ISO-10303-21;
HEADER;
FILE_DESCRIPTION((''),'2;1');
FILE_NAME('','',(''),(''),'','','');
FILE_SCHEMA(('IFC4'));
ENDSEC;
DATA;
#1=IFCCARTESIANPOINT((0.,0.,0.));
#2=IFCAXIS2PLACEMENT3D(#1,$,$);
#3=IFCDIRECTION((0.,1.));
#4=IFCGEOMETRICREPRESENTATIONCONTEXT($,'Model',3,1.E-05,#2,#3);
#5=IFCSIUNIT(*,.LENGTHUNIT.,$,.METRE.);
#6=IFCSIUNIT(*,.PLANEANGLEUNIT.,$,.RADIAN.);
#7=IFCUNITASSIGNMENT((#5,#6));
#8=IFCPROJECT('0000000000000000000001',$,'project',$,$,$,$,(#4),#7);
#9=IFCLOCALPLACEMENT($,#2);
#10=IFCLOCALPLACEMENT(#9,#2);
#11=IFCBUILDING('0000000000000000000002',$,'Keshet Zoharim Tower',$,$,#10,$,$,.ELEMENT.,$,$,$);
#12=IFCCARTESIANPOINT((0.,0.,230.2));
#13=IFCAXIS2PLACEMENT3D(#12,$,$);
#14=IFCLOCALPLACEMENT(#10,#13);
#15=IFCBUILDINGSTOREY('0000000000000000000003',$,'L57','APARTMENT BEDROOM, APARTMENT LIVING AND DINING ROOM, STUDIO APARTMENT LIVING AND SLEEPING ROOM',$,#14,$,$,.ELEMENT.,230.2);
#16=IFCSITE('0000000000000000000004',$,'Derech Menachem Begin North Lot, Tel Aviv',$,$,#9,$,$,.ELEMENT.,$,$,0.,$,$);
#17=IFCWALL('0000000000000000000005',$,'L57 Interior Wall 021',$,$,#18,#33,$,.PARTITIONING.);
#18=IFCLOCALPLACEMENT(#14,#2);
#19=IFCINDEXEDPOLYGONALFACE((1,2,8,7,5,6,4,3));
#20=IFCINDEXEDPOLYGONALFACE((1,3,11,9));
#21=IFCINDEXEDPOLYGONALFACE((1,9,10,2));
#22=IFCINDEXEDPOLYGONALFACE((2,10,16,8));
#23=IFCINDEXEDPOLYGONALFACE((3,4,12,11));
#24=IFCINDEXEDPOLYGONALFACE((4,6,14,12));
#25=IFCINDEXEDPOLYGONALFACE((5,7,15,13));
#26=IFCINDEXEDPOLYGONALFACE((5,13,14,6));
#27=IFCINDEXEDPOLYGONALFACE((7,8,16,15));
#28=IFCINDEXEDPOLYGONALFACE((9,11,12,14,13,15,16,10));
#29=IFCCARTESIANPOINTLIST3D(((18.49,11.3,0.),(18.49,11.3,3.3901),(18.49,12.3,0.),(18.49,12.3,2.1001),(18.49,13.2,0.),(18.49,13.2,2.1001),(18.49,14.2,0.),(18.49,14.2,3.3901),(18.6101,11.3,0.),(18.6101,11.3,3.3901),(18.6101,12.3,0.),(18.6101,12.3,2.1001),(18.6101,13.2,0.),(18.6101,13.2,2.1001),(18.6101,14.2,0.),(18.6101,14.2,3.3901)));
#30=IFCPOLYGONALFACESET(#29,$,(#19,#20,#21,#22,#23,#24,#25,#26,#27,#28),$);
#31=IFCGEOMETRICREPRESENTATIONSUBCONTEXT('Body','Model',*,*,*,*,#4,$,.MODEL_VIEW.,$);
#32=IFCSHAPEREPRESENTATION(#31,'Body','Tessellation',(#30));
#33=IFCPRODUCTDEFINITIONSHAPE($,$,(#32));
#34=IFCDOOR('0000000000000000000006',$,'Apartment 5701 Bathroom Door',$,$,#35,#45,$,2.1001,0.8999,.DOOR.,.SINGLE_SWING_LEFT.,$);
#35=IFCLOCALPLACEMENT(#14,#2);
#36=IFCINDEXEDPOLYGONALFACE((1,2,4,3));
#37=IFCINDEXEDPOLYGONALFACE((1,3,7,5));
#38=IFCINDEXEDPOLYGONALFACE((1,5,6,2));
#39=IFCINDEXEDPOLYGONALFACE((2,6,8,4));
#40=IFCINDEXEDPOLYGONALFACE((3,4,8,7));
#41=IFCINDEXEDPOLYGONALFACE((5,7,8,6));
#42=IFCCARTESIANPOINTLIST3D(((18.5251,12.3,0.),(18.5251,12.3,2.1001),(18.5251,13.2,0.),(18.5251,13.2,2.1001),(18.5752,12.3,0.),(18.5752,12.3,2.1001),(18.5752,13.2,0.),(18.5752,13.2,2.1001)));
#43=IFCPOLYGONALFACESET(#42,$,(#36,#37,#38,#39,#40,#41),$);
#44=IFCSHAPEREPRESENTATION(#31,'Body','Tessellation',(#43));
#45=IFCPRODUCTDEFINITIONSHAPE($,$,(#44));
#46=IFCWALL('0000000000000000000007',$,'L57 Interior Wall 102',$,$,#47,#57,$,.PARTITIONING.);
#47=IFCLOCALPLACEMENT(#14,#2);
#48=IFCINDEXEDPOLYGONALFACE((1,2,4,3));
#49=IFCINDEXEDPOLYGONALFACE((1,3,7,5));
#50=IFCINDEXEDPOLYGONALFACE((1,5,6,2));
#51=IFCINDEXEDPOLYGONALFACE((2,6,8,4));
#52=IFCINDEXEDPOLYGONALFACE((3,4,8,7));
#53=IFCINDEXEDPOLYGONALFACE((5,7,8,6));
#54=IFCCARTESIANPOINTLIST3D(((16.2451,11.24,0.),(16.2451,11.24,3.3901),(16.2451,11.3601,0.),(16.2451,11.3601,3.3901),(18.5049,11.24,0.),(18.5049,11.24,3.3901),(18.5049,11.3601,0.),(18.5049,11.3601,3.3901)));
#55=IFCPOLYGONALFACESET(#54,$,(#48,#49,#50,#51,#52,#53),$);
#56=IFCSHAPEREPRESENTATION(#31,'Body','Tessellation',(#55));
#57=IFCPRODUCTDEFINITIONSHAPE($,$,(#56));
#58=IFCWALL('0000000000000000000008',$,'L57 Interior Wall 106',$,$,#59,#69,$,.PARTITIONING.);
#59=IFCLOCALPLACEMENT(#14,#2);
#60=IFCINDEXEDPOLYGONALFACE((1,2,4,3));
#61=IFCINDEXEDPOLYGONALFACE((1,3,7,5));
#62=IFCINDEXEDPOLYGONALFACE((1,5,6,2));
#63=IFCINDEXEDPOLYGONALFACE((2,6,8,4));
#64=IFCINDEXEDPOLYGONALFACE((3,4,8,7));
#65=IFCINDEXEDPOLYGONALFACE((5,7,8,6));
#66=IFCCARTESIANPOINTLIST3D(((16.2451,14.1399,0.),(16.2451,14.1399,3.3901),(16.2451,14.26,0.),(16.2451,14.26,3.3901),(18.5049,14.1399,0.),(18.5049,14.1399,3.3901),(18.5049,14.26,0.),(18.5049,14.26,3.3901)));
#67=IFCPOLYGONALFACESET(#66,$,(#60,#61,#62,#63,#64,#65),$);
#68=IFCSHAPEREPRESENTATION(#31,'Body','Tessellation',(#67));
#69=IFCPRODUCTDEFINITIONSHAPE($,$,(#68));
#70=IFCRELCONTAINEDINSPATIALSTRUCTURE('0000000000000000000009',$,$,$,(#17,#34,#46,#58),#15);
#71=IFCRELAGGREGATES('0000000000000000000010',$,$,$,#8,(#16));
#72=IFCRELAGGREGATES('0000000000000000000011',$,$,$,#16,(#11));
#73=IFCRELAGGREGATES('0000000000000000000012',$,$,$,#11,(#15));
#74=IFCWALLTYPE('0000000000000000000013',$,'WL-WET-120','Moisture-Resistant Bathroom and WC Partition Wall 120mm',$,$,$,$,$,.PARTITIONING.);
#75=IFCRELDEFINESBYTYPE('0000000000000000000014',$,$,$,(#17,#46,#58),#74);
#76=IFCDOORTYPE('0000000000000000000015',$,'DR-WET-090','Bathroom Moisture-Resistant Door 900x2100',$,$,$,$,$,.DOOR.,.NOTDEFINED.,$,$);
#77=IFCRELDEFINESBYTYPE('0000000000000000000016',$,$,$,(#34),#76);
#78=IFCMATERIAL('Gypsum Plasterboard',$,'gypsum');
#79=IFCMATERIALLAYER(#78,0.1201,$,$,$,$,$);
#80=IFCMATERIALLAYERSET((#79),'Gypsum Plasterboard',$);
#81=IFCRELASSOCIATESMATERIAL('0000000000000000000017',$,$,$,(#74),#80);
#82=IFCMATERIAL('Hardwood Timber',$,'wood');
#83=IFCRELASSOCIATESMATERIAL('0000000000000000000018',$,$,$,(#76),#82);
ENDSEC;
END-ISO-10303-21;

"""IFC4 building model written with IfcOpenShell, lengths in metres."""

from ifc_helpers import new_model, si_unit, direction, frame, frame_2d, origin, place, context, subcontext, project, spatial, rectangle, extrude, material, layer, layer_set, type_object, element, fill, save


model = new_model("IFC4")

# Units and contexts
model_context = context("Model", 3, precision=1e-05, world=origin(), true_north=direction((0.0, 1.0)))
body_context = subcontext(model_context, "Body", "Model", "MODEL_VIEW")
ifc_project = project(units=[si_unit("LENGTHUNIT", "METRE"), si_unit("PLANEANGLEUNIT", "RADIAN")], contexts=[model_context])

# Site, building, storey
site_placement = place(None, origin())
site = spatial("IfcSite", under=ifc_project, at=site_placement, Name="Derech Menachem Begin North Lot, Tel Aviv", CompositionType="ELEMENT", RefElevation=0.0)
building_placement = place(site_placement, origin())
building = spatial("IfcBuilding", under=site, at=building_placement, Name="Keshet Zoharim Tower", CompositionType="ELEMENT")
storey_placement = place(building_placement, frame((0.0, 0.0, 230.2)))
storey = spatial("IfcBuildingStorey", under=building, at=storey_placement, Name="L57", Description="APARTMENT BEDROOM, APARTMENT LIVING AND DINING ROOM, STUDIO APARTMENT LIVING AND SLEEPING ROOM", CompositionType="ELEMENT", Elevation=230.2)

# Shared definitions
ifc_material_1 = material(Name="Gypsum Plasterboard", Category="gypsum")
ifc_material_2 = material(Name="Hardwood Timber", Category="wood")

# Shared definitions
ifc_layer_1 = layer(ifc_material_1, 0.1201)
ifc_layer_set_1 = layer_set([ifc_layer_1], Name="Gypsum Plasterboard")
wall_type_1 = type_object("IfcWallType", Name="WL-WET-120", Description="Moisture-Resistant Bathroom and WC Partition Wall 120mm", PredefinedType="PARTITIONING", material=ifc_layer_set_1)

# Wall, opening, door
wall_1_placement = place(storey_placement, frame((18.55, 11.3, 0.0), z_axis=(0.0, 0.0, 1.0), x_axis=(0.0, 1.0, 0.0)))
wall_1 = element("IfcWall", 1, at=wall_1_placement, inside=storey, type_object=wall_type_1, Name="L57 Interior Wall 021", PredefinedType="PARTITIONING", context=body_context, shape_type="SweptSolid", body=[
    extrude(rectangle(XDim=2.8999, YDim=0.1201, at=frame_2d((1.45, 0.0))), origin(), (0.0, 0.0, 1.0), 3.3901),
])
opening_1_placement = place(wall_1_placement, frame((1.0, 0.0, 0.0)))
opening_1 = element("IfcOpeningElement", 2, at=opening_1_placement, cuts=wall_1, PredefinedType="OPENING", context=body_context, shape_type="SweptSolid", body=[
    extrude(rectangle(XDim=0.8999, YDim=2.1001, at=frame_2d((0.45, 1.05))), frame((0.0, 0.0701, 0.0), z_axis=(0.0, -1.0, 0.0), x_axis=(1.0, 0.0, 0.0)), (0.0, 0.0, 1.0), 0.1401),
])
door_type_1 = type_object("IfcDoorType", Name="DR-WET-090", Description="Bathroom Moisture-Resistant Door 900x2100", OperationType="NOTDEFINED", PredefinedType="DOOR", material=ifc_material_2)
door_1_placement = place(opening_1_placement, origin())
door_1 = element("IfcDoor", 3, at=door_1_placement, inside=storey, type_object=door_type_1, Name="Apartment 5701 Bathroom Door", OperationType="SINGLE_SWING_LEFT", OverallHeight=2.1001, OverallWidth=0.8999, PredefinedType="DOOR", context=body_context, shape_type="SweptSolid", body=[
    extrude(rectangle(XDim=0.8999, YDim=2.1001, at=frame_2d((0.45, 1.05))), frame((0.0, 0.0249, 0.0), z_axis=(0.0, -1.0, 0.0), x_axis=(1.0, 0.0, 0.0)), (0.0, 0.0, 1.0), 0.05),
])
fill(opening_1, door_1)

# Walls
for number, where, z_axis, x_axis, name in (
    (4, (16.2451, 11.3, 0.0), (0.0, 0.0, 1.0), (1.0, 0.0, 0.0), "L57 Interior Wall 102"),
    (5, (16.2451, 14.2, 0.0), (0.0, 0.0, 1.0), (1.0, 0.0, 0.0), "L57 Interior Wall 106"),
):
    element("IfcWall", number, at=place(storey_placement, frame(where, z_axis=z_axis, x_axis=x_axis)), inside=storey, type_object=wall_type_1, Name=name, PredefinedType="PARTITIONING", context=body_context, shape_type="SweptSolid", body=[
        extrude(rectangle(XDim=2.2598, YDim=0.1201, at=frame_2d((1.1299, 0.0))), origin(), (0.0, 0.0, 1.0), 3.3901),
    ])

save(model, "model.ifc")
